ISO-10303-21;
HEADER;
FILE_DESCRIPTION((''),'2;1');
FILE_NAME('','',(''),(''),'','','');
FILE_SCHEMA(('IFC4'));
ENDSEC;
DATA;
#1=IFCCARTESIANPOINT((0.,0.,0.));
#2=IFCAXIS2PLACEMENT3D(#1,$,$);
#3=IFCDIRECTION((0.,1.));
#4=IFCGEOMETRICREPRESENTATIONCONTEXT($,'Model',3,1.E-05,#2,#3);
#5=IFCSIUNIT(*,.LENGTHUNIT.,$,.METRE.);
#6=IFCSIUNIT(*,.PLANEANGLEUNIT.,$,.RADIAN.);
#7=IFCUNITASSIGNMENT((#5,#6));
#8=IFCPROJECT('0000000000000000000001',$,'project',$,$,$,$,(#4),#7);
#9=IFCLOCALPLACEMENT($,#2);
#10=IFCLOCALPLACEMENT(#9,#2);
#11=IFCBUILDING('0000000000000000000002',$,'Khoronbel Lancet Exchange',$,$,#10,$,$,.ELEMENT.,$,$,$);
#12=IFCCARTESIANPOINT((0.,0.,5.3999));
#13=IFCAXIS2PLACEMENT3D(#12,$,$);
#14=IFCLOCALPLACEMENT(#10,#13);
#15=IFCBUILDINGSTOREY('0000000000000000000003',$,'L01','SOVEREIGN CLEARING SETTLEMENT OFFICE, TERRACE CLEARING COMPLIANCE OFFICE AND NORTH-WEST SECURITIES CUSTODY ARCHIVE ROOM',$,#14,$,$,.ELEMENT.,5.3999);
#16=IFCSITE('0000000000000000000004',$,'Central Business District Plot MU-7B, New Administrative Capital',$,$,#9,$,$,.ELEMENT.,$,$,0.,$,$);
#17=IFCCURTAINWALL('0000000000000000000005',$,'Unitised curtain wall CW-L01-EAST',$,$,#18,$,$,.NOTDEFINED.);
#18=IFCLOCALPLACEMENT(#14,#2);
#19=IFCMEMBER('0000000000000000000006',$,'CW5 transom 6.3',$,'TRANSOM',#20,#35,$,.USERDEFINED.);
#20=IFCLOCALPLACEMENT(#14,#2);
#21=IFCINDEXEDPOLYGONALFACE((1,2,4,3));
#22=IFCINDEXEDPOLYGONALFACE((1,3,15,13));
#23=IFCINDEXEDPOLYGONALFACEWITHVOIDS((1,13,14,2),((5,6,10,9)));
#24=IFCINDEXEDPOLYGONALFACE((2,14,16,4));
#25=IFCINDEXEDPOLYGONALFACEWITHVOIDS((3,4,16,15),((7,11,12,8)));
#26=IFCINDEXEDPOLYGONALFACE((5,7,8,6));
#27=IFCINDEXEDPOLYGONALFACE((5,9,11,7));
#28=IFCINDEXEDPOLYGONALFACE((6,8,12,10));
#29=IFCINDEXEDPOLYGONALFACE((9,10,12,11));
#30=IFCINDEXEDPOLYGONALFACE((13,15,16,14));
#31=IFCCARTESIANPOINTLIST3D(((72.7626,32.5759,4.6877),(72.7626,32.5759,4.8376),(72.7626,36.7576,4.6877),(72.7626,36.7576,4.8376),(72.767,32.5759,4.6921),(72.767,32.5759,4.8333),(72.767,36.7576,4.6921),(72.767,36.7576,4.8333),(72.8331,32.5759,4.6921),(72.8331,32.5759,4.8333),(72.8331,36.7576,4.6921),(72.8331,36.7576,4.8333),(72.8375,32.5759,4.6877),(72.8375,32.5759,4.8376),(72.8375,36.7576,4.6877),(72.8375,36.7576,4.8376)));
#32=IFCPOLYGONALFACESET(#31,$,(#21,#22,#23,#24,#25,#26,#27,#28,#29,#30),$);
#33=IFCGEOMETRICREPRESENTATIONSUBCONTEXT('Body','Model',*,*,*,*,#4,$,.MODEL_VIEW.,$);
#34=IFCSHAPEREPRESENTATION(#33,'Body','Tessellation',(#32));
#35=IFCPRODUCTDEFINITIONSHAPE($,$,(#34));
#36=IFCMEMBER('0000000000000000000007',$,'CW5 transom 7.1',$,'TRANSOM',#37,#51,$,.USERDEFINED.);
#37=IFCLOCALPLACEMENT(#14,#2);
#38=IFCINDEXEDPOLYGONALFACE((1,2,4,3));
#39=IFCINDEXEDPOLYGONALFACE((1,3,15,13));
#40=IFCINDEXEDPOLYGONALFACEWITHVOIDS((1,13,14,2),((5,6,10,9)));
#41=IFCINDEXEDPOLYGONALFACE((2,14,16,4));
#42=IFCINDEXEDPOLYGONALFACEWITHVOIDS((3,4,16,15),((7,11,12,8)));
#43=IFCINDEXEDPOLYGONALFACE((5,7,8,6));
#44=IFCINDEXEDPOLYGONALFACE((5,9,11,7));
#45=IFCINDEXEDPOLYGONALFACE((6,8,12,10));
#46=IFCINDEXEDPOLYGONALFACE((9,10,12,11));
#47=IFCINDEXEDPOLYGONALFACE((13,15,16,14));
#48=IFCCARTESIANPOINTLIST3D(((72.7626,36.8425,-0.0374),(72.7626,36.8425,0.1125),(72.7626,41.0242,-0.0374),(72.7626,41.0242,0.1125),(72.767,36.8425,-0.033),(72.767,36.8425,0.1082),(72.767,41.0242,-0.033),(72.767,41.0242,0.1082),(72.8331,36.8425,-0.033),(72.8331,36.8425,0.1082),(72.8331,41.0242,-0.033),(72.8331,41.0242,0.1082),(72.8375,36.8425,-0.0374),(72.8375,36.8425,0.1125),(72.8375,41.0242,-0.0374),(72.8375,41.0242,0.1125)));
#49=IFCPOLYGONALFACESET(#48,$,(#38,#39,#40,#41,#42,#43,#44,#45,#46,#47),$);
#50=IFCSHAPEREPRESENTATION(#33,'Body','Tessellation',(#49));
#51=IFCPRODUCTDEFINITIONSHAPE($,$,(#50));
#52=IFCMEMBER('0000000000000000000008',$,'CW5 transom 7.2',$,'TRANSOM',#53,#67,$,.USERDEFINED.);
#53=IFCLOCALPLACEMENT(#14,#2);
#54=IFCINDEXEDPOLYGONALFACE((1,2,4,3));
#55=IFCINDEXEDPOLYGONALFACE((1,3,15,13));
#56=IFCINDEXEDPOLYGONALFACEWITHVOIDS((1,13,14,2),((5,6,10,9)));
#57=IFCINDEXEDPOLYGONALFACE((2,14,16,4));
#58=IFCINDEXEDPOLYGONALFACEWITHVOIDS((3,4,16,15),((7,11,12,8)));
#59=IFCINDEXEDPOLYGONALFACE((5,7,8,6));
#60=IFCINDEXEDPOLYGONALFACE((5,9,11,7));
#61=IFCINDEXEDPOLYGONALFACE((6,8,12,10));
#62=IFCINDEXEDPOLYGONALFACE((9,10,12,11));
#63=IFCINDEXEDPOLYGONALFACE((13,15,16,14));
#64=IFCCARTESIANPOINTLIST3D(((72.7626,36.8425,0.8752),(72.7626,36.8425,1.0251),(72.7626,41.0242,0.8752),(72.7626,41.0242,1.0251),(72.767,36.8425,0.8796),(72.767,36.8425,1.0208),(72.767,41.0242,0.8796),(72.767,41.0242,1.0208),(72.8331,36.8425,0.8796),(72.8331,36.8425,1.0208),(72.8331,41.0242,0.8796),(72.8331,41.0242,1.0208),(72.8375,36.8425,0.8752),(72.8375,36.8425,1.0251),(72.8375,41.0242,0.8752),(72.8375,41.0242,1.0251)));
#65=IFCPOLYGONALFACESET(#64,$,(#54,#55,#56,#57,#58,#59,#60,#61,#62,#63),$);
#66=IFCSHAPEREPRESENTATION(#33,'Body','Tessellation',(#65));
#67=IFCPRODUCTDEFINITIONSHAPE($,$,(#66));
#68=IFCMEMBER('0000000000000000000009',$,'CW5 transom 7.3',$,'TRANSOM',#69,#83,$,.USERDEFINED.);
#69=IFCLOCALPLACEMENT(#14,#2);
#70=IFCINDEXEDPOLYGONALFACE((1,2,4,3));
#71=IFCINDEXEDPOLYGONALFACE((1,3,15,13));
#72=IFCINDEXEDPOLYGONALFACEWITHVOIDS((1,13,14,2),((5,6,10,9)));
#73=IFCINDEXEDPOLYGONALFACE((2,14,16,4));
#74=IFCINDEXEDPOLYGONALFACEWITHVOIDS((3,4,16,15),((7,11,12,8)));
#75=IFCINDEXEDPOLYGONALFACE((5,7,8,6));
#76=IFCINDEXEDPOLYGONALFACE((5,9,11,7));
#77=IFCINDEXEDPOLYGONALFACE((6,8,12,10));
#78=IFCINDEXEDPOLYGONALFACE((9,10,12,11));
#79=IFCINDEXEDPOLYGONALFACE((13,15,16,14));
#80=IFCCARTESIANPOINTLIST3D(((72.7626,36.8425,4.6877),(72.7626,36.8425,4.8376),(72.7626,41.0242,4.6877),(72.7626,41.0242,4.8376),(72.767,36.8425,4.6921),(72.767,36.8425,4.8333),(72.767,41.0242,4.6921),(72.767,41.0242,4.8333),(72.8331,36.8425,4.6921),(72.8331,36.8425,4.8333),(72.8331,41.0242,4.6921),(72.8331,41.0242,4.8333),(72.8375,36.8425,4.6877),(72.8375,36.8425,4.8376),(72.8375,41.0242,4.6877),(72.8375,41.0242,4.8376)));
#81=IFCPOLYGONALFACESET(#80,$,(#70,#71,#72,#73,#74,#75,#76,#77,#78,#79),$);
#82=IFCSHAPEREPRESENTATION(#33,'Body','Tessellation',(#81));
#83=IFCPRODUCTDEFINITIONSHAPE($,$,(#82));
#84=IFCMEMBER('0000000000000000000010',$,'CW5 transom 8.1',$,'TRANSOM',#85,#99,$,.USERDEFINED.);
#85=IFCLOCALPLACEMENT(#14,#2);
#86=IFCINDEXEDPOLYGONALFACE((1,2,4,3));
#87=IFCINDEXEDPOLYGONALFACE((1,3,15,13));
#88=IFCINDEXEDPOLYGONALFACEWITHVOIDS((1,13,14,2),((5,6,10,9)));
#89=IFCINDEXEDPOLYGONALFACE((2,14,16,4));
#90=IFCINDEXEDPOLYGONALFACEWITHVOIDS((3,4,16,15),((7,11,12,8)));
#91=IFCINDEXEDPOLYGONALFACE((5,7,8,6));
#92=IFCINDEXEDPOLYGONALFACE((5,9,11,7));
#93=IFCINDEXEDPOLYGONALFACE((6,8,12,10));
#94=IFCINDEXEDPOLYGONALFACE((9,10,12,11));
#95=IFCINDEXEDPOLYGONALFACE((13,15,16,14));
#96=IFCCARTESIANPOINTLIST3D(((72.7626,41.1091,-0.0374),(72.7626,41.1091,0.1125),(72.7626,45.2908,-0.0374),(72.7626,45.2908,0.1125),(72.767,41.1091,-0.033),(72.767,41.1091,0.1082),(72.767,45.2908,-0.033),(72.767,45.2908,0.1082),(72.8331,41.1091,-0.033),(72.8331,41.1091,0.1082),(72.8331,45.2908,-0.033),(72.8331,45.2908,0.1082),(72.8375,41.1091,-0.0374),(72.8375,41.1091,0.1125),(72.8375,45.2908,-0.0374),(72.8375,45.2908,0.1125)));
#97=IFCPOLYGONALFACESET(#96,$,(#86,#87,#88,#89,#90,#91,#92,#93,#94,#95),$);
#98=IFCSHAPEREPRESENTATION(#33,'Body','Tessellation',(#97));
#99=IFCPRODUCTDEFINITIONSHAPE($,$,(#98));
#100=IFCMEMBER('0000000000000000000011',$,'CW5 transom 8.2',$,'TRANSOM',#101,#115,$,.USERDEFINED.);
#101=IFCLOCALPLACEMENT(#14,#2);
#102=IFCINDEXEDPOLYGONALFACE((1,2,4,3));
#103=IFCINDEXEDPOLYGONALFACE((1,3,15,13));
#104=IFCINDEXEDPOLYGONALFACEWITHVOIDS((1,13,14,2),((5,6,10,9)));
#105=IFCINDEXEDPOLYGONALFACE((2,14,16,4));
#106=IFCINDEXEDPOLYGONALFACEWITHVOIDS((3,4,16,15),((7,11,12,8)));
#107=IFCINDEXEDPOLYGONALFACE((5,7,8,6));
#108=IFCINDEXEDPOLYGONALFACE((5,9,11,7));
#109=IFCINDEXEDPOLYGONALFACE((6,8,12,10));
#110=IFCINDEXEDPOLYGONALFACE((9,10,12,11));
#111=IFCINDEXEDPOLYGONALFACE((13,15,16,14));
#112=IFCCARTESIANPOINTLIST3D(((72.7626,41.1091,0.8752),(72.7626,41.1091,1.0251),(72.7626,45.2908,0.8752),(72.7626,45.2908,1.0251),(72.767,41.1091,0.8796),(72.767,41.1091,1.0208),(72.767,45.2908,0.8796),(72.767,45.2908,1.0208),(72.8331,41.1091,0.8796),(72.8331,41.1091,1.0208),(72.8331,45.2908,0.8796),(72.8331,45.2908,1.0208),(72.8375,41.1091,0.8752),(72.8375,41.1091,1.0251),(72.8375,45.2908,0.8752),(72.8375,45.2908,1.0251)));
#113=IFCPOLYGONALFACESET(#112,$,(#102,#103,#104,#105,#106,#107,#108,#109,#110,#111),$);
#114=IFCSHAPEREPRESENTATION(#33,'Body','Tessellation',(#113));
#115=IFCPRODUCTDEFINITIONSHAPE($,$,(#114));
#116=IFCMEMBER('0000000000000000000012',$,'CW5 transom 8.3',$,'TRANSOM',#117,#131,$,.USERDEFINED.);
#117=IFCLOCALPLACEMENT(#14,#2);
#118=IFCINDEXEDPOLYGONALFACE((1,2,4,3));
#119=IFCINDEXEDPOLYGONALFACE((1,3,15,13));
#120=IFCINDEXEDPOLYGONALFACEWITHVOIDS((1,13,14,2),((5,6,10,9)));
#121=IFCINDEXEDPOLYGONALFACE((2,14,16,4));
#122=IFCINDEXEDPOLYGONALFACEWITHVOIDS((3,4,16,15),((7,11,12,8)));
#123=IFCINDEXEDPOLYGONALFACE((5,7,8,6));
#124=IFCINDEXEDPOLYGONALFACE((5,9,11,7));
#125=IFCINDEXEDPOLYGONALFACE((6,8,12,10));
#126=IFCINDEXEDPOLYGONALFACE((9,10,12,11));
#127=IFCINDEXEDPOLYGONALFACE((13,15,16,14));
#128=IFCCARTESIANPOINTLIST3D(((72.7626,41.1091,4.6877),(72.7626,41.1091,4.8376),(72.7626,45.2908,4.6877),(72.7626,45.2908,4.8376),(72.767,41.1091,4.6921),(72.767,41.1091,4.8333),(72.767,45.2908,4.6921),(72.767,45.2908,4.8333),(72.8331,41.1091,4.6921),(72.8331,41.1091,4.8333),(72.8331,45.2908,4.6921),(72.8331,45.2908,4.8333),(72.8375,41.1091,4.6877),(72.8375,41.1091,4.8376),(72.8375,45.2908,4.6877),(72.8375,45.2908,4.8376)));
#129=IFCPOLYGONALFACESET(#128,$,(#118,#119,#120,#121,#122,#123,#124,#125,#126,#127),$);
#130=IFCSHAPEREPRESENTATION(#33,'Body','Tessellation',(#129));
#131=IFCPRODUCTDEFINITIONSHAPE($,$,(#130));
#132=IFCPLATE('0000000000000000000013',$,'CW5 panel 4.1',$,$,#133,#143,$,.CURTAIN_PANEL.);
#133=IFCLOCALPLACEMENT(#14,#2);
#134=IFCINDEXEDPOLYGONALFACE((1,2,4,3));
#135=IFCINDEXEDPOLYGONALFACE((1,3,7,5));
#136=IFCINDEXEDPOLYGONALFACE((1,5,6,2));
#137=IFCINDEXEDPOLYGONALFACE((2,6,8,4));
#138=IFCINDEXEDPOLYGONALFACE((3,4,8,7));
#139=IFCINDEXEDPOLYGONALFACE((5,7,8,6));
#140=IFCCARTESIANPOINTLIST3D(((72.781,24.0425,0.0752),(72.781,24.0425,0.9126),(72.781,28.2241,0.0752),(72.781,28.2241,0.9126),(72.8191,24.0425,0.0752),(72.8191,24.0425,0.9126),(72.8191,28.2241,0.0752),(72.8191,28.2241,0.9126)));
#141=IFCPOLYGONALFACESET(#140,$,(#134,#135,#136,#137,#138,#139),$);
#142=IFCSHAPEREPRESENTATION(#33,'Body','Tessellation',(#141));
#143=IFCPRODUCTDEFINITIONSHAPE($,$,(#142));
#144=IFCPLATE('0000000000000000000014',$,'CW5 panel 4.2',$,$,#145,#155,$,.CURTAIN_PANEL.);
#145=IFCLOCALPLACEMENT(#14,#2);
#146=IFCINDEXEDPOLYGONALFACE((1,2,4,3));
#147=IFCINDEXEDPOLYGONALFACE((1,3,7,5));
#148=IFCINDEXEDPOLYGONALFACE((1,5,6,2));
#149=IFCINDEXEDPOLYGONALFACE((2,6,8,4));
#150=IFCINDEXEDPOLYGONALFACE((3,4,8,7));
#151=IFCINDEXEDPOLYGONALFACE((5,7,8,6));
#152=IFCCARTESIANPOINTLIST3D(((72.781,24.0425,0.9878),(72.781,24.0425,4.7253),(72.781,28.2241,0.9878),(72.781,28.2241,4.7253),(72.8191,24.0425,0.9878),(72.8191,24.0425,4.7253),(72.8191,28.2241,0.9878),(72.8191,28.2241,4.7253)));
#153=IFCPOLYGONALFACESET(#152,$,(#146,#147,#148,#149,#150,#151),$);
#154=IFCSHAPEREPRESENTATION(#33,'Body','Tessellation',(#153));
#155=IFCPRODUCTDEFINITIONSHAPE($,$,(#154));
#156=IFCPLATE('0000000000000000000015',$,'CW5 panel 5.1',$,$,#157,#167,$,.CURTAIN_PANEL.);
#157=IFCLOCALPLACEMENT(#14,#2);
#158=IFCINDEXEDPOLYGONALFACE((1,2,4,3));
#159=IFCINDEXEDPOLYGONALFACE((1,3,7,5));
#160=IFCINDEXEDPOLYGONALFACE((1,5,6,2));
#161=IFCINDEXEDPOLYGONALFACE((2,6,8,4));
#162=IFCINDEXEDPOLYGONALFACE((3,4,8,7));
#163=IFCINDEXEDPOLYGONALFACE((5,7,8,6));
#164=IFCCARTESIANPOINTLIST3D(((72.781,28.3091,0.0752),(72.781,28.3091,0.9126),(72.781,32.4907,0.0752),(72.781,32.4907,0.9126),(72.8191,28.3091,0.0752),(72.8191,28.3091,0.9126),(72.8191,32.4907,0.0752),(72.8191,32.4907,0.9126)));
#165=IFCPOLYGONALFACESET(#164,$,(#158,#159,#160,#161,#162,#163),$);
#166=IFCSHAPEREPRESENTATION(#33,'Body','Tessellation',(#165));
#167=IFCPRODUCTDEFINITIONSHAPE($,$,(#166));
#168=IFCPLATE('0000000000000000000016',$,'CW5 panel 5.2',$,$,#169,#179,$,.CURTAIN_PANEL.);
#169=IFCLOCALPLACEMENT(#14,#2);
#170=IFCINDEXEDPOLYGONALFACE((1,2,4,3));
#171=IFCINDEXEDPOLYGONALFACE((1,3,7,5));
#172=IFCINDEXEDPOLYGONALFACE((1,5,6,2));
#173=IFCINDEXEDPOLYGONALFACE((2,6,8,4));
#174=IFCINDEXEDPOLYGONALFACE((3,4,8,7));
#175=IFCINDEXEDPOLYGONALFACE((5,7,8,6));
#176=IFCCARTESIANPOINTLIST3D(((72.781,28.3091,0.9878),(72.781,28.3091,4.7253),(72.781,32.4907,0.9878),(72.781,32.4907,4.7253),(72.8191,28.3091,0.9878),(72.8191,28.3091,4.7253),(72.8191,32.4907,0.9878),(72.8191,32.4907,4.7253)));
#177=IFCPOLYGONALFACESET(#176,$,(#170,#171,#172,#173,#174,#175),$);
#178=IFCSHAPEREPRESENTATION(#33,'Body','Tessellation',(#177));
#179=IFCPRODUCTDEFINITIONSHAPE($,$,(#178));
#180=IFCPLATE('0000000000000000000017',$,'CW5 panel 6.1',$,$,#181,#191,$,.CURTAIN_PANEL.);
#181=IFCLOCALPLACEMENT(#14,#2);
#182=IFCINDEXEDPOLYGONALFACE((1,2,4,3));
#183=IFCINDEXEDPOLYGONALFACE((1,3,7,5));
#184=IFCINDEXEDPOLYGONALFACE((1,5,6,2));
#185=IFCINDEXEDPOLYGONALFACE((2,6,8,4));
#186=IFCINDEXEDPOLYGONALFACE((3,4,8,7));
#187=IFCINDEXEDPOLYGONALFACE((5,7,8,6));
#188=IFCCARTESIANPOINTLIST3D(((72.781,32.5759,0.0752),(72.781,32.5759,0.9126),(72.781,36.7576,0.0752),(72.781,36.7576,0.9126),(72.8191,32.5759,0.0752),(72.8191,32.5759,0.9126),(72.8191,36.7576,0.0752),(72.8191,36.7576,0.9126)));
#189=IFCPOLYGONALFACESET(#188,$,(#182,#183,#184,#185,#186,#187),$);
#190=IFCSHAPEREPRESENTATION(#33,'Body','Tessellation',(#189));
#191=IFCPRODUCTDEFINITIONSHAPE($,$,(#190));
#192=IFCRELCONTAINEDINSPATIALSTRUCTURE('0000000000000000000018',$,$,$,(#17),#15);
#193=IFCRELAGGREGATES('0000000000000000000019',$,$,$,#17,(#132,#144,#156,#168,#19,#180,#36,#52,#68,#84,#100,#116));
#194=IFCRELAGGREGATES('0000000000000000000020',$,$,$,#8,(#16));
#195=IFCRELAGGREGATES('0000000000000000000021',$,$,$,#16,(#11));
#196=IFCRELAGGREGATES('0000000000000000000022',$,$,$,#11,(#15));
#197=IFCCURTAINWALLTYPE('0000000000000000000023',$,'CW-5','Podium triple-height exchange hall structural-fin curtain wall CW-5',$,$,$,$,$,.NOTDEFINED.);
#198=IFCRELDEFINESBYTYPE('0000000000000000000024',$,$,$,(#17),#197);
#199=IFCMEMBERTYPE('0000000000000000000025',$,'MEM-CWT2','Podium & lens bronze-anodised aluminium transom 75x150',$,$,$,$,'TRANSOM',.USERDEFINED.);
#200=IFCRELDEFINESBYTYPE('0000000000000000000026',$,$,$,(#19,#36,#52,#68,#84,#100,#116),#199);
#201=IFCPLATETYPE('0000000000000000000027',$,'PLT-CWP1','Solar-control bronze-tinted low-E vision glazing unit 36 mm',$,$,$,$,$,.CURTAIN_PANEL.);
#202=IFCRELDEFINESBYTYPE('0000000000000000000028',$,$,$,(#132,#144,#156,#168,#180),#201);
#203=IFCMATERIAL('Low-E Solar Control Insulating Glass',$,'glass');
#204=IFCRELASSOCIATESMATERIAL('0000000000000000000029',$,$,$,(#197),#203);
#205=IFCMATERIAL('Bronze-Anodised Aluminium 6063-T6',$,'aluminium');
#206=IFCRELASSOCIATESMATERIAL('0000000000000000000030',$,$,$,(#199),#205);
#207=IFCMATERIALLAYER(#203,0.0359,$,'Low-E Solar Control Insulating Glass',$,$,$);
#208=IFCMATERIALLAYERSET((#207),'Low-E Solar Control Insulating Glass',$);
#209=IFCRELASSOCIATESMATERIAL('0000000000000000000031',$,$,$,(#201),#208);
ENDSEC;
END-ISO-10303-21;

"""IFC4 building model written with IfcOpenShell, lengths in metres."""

from ifc_helpers import new_model, si_unit, direction, frame, origin, origin_2d, place, context, subcontext, project, spatial, rectangle, hollow_rectangle, extrude, material, layer, layer_set, material_profile, profile_set, type_object, element, aggregate, save


model = new_model("IFC4")

# Units and contexts
model_context = context("Model", 3, precision=1e-05, world=origin(), true_north=direction((0.0, 1.0)))
body_context = subcontext(model_context, "Body", "Model", "MODEL_VIEW")
ifc_project = project(units=[si_unit("LENGTHUNIT", "METRE"), si_unit("PLANEANGLEUNIT", "RADIAN")], contexts=[model_context])

# Site, building, storey
site_placement = place(None, origin())
site = spatial("IfcSite", under=ifc_project, at=site_placement, Name="Central Business District Plot MU-7B, New Administrative Capital", CompositionType="ELEMENT", RefElevation=0.0)
building_placement = place(site_placement, origin())
building = spatial("IfcBuilding", under=site, at=building_placement, Name="Khoronbel Lancet Exchange", CompositionType="ELEMENT")
storey_placement = place(building_placement, frame((0.0, 0.0, 5.3999)))
storey = spatial("IfcBuildingStorey", under=building, at=storey_placement, Name="L01", Description="SOVEREIGN CLEARING SETTLEMENT OFFICE, TERRACE CLEARING COMPLIANCE OFFICE AND NORTH-WEST SECURITIES CUSTODY ARCHIVE ROOM", CompositionType="ELEMENT", Elevation=5.3999)

# Curtain wall, members, plates
ifc_material_1 = material(Name="Low-E Solar Control Insulating Glass", Category="glass")
curtain_wall_type = type_object("IfcCurtainWallType", Name="CW-5", Description="Podium triple-height exchange hall structural-fin curtain wall CW-5", PredefinedType="NOTDEFINED", material=ifc_material_1)
curtain_wall_placement = place(storey_placement, origin())
curtain_wall = element("IfcCurtainWall", 1, at=curtain_wall_placement, inside=storey, type_object=curtain_wall_type, Name="Unitised curtain wall CW-L01-EAST", PredefinedType="NOTDEFINED")
ifc_material_2 = material(Name="Bronze-Anodised Aluminium 6063-T6", Category="aluminium")
ifc_material_profile_1 = material_profile(ifc_material_2, hollow_rectangle(XDim=0.075, YDim=0.1499, WallThickness=0.0044, at=origin_2d()), Name="ALU TRANSOM 75x150")
ifc_profile_set_1 = profile_set([ifc_material_profile_1], Name="Bronze-Anodised Aluminium 6063-T6")
member_type_1 = type_object("IfcMemberType", Name="MEM-CWT2", Description="Podium & lens bronze-anodised aluminium transom 75x150", ElementType="TRANSOM", PredefinedType="USERDEFINED", material=ifc_profile_set_1)
member_1_placement = place(storey_placement, frame((72.8, 32.5759, 4.7627), z_axis=(0.0, 1.0, 0.0), x_axis=(-1.0, 0.0, 0.0)))
member_1 = element("IfcMember", 2, at=member_1_placement, type_object=member_type_1, Name="CW5 transom 6.3", ObjectType="TRANSOM", PredefinedType="USERDEFINED", context=body_context, shape_type="SweptSolid", body=[
    extrude(hollow_rectangle(XDim=0.075, YDim=0.1499, WallThickness=0.0044, at=origin_2d()), origin(), (0.0, 0.0, 1.0), 4.1816),
])
member_2_placement = place(storey_placement, frame((72.8, 36.8425, 0.0376), z_axis=(0.0, 1.0, 0.0), x_axis=(-1.0, 0.0, 0.0)))
member_2 = element("IfcMember", 3, at=member_2_placement, type_object=member_type_1, Name="CW5 transom 7.1", ObjectType="TRANSOM", PredefinedType="USERDEFINED", context=body_context, shape_type="SweptSolid", body=[
    extrude(hollow_rectangle(XDim=0.075, YDim=0.1499, WallThickness=0.0044, at=origin_2d()), origin(), (0.0, 0.0, 1.0), 4.1816),
])
member_3_placement = place(storey_placement, frame((72.8, 36.8425, 0.9502), z_axis=(0.0, 1.0, 0.0), x_axis=(-1.0, 0.0, 0.0)))
member_3 = element("IfcMember", 4, at=member_3_placement, type_object=member_type_1, Name="CW5 transom 7.2", ObjectType="TRANSOM", PredefinedType="USERDEFINED", context=body_context, shape_type="SweptSolid", body=[
    extrude(hollow_rectangle(XDim=0.075, YDim=0.1499, WallThickness=0.0044, at=origin_2d()), origin(), (0.0, 0.0, 1.0), 4.1816),
])
member_4_placement = place(storey_placement, frame((72.8, 36.8425, 4.7627), z_axis=(0.0, 1.0, 0.0), x_axis=(-1.0, 0.0, 0.0)))
member_4 = element("IfcMember", 5, at=member_4_placement, type_object=member_type_1, Name="CW5 transom 7.3", ObjectType="TRANSOM", PredefinedType="USERDEFINED", context=body_context, shape_type="SweptSolid", body=[
    extrude(hollow_rectangle(XDim=0.075, YDim=0.1499, WallThickness=0.0044, at=origin_2d()), origin(), (0.0, 0.0, 1.0), 4.1816),
])
member_5_placement = place(storey_placement, frame((72.8, 41.1091, 0.0376), z_axis=(0.0, 1.0, 0.0), x_axis=(-1.0, 0.0, 0.0)))
member_5 = element("IfcMember", 6, at=member_5_placement, type_object=member_type_1, Name="CW5 transom 8.1", ObjectType="TRANSOM", PredefinedType="USERDEFINED", context=body_context, shape_type="SweptSolid", body=[
    extrude(hollow_rectangle(XDim=0.075, YDim=0.1499, WallThickness=0.0044, at=origin_2d()), origin(), (0.0, 0.0, 1.0), 4.1816),
])
member_6_placement = place(storey_placement, frame((72.8, 41.1091, 0.9502), z_axis=(0.0, 1.0, 0.0), x_axis=(-1.0, 0.0, 0.0)))
member_6 = element("IfcMember", 7, at=member_6_placement, type_object=member_type_1, Name="CW5 transom 8.2", ObjectType="TRANSOM", PredefinedType="USERDEFINED", context=body_context, shape_type="SweptSolid", body=[
    extrude(hollow_rectangle(XDim=0.075, YDim=0.1499, WallThickness=0.0044, at=origin_2d()), origin(), (0.0, 0.0, 1.0), 4.1816),
])
member_7_placement = place(storey_placement, frame((72.8, 41.1091, 4.7627), z_axis=(0.0, 1.0, 0.0), x_axis=(-1.0, 0.0, 0.0)))
member_7 = element("IfcMember", 8, at=member_7_placement, type_object=member_type_1, Name="CW5 transom 8.3", ObjectType="TRANSOM", PredefinedType="USERDEFINED", context=body_context, shape_type="SweptSolid", body=[
    extrude(hollow_rectangle(XDim=0.075, YDim=0.1499, WallThickness=0.0044, at=origin_2d()), origin(), (0.0, 0.0, 1.0), 4.1816),
])
ifc_layer_1 = layer(ifc_material_1, 0.0359, Name="Low-E Solar Control Insulating Glass")
ifc_layer_set_1 = layer_set([ifc_layer_1], Name="Low-E Solar Control Insulating Glass")
plate_type = type_object("IfcPlateType", Name="PLT-CWP1", Description="Solar-control bronze-tinted low-E vision glazing unit 36 mm", PredefinedType="CURTAIN_PANEL", material=ifc_layer_set_1)
plate_1_placement = place(storey_placement, frame((72.8, 26.1333, 0.0752), z_axis=(0.0, 0.0, 1.0), x_axis=(0.0, 1.0, 0.0)))
plate_1 = element("IfcPlate", 9, at=plate_1_placement, type_object=plate_type, Name="CW5 panel 4.1", PredefinedType="CURTAIN_PANEL", context=body_context, shape_type="SweptSolid", body=[
    extrude(rectangle(XDim=4.1816, YDim=0.0381, at=origin_2d()), origin(), (0.0, 0.0, 1.0), 0.8374),
])
plate_2_placement = place(storey_placement, frame((72.8, 26.1333, 0.9878), z_axis=(0.0, 0.0, 1.0), x_axis=(0.0, 1.0, 0.0)))
plate_2 = element("IfcPlate", 10, at=plate_2_placement, type_object=plate_type, Name="CW5 panel 4.2", PredefinedType="CURTAIN_PANEL", context=body_context, shape_type="SweptSolid", body=[
    extrude(rectangle(XDim=4.1816, YDim=0.0381, at=origin_2d()), origin(), (0.0, 0.0, 1.0), 3.7375),
])
plate_3_placement = place(storey_placement, frame((72.8, 30.3999, 0.0752), z_axis=(0.0, 0.0, 1.0), x_axis=(0.0, 1.0, 0.0)))
plate_3 = element("IfcPlate", 11, at=plate_3_placement, type_object=plate_type, Name="CW5 panel 5.1", PredefinedType="CURTAIN_PANEL", context=body_context, shape_type="SweptSolid", body=[
    extrude(rectangle(XDim=4.1816, YDim=0.0381, at=origin_2d()), origin(), (0.0, 0.0, 1.0), 0.8374),
])
plate_4_placement = place(storey_placement, frame((72.8, 30.3999, 0.9878), z_axis=(0.0, 0.0, 1.0), x_axis=(0.0, 1.0, 0.0)))
plate_4 = element("IfcPlate", 12, at=plate_4_placement, type_object=plate_type, Name="CW5 panel 5.2", PredefinedType="CURTAIN_PANEL", context=body_context, shape_type="SweptSolid", body=[
    extrude(rectangle(XDim=4.1816, YDim=0.0381, at=origin_2d()), origin(), (0.0, 0.0, 1.0), 3.7375),
])
plate_5_placement = place(storey_placement, frame((72.8, 34.6667, 0.0752), z_axis=(0.0, 0.0, 1.0), x_axis=(0.0, 1.0, 0.0)))
plate_5 = element("IfcPlate", 13, at=plate_5_placement, type_object=plate_type, Name="CW5 panel 6.1", PredefinedType="CURTAIN_PANEL", context=body_context, shape_type="SweptSolid", body=[
    extrude(rectangle(XDim=4.1816, YDim=0.0381, at=origin_2d()), origin(), (0.0, 0.0, 1.0), 0.8374),
])
aggregate(curtain_wall, [plate_1, plate_2, plate_3, plate_4, member_1, plate_5, member_2, member_3, member_4, member_5, member_6, member_7])

save(model, "model.ifc")
